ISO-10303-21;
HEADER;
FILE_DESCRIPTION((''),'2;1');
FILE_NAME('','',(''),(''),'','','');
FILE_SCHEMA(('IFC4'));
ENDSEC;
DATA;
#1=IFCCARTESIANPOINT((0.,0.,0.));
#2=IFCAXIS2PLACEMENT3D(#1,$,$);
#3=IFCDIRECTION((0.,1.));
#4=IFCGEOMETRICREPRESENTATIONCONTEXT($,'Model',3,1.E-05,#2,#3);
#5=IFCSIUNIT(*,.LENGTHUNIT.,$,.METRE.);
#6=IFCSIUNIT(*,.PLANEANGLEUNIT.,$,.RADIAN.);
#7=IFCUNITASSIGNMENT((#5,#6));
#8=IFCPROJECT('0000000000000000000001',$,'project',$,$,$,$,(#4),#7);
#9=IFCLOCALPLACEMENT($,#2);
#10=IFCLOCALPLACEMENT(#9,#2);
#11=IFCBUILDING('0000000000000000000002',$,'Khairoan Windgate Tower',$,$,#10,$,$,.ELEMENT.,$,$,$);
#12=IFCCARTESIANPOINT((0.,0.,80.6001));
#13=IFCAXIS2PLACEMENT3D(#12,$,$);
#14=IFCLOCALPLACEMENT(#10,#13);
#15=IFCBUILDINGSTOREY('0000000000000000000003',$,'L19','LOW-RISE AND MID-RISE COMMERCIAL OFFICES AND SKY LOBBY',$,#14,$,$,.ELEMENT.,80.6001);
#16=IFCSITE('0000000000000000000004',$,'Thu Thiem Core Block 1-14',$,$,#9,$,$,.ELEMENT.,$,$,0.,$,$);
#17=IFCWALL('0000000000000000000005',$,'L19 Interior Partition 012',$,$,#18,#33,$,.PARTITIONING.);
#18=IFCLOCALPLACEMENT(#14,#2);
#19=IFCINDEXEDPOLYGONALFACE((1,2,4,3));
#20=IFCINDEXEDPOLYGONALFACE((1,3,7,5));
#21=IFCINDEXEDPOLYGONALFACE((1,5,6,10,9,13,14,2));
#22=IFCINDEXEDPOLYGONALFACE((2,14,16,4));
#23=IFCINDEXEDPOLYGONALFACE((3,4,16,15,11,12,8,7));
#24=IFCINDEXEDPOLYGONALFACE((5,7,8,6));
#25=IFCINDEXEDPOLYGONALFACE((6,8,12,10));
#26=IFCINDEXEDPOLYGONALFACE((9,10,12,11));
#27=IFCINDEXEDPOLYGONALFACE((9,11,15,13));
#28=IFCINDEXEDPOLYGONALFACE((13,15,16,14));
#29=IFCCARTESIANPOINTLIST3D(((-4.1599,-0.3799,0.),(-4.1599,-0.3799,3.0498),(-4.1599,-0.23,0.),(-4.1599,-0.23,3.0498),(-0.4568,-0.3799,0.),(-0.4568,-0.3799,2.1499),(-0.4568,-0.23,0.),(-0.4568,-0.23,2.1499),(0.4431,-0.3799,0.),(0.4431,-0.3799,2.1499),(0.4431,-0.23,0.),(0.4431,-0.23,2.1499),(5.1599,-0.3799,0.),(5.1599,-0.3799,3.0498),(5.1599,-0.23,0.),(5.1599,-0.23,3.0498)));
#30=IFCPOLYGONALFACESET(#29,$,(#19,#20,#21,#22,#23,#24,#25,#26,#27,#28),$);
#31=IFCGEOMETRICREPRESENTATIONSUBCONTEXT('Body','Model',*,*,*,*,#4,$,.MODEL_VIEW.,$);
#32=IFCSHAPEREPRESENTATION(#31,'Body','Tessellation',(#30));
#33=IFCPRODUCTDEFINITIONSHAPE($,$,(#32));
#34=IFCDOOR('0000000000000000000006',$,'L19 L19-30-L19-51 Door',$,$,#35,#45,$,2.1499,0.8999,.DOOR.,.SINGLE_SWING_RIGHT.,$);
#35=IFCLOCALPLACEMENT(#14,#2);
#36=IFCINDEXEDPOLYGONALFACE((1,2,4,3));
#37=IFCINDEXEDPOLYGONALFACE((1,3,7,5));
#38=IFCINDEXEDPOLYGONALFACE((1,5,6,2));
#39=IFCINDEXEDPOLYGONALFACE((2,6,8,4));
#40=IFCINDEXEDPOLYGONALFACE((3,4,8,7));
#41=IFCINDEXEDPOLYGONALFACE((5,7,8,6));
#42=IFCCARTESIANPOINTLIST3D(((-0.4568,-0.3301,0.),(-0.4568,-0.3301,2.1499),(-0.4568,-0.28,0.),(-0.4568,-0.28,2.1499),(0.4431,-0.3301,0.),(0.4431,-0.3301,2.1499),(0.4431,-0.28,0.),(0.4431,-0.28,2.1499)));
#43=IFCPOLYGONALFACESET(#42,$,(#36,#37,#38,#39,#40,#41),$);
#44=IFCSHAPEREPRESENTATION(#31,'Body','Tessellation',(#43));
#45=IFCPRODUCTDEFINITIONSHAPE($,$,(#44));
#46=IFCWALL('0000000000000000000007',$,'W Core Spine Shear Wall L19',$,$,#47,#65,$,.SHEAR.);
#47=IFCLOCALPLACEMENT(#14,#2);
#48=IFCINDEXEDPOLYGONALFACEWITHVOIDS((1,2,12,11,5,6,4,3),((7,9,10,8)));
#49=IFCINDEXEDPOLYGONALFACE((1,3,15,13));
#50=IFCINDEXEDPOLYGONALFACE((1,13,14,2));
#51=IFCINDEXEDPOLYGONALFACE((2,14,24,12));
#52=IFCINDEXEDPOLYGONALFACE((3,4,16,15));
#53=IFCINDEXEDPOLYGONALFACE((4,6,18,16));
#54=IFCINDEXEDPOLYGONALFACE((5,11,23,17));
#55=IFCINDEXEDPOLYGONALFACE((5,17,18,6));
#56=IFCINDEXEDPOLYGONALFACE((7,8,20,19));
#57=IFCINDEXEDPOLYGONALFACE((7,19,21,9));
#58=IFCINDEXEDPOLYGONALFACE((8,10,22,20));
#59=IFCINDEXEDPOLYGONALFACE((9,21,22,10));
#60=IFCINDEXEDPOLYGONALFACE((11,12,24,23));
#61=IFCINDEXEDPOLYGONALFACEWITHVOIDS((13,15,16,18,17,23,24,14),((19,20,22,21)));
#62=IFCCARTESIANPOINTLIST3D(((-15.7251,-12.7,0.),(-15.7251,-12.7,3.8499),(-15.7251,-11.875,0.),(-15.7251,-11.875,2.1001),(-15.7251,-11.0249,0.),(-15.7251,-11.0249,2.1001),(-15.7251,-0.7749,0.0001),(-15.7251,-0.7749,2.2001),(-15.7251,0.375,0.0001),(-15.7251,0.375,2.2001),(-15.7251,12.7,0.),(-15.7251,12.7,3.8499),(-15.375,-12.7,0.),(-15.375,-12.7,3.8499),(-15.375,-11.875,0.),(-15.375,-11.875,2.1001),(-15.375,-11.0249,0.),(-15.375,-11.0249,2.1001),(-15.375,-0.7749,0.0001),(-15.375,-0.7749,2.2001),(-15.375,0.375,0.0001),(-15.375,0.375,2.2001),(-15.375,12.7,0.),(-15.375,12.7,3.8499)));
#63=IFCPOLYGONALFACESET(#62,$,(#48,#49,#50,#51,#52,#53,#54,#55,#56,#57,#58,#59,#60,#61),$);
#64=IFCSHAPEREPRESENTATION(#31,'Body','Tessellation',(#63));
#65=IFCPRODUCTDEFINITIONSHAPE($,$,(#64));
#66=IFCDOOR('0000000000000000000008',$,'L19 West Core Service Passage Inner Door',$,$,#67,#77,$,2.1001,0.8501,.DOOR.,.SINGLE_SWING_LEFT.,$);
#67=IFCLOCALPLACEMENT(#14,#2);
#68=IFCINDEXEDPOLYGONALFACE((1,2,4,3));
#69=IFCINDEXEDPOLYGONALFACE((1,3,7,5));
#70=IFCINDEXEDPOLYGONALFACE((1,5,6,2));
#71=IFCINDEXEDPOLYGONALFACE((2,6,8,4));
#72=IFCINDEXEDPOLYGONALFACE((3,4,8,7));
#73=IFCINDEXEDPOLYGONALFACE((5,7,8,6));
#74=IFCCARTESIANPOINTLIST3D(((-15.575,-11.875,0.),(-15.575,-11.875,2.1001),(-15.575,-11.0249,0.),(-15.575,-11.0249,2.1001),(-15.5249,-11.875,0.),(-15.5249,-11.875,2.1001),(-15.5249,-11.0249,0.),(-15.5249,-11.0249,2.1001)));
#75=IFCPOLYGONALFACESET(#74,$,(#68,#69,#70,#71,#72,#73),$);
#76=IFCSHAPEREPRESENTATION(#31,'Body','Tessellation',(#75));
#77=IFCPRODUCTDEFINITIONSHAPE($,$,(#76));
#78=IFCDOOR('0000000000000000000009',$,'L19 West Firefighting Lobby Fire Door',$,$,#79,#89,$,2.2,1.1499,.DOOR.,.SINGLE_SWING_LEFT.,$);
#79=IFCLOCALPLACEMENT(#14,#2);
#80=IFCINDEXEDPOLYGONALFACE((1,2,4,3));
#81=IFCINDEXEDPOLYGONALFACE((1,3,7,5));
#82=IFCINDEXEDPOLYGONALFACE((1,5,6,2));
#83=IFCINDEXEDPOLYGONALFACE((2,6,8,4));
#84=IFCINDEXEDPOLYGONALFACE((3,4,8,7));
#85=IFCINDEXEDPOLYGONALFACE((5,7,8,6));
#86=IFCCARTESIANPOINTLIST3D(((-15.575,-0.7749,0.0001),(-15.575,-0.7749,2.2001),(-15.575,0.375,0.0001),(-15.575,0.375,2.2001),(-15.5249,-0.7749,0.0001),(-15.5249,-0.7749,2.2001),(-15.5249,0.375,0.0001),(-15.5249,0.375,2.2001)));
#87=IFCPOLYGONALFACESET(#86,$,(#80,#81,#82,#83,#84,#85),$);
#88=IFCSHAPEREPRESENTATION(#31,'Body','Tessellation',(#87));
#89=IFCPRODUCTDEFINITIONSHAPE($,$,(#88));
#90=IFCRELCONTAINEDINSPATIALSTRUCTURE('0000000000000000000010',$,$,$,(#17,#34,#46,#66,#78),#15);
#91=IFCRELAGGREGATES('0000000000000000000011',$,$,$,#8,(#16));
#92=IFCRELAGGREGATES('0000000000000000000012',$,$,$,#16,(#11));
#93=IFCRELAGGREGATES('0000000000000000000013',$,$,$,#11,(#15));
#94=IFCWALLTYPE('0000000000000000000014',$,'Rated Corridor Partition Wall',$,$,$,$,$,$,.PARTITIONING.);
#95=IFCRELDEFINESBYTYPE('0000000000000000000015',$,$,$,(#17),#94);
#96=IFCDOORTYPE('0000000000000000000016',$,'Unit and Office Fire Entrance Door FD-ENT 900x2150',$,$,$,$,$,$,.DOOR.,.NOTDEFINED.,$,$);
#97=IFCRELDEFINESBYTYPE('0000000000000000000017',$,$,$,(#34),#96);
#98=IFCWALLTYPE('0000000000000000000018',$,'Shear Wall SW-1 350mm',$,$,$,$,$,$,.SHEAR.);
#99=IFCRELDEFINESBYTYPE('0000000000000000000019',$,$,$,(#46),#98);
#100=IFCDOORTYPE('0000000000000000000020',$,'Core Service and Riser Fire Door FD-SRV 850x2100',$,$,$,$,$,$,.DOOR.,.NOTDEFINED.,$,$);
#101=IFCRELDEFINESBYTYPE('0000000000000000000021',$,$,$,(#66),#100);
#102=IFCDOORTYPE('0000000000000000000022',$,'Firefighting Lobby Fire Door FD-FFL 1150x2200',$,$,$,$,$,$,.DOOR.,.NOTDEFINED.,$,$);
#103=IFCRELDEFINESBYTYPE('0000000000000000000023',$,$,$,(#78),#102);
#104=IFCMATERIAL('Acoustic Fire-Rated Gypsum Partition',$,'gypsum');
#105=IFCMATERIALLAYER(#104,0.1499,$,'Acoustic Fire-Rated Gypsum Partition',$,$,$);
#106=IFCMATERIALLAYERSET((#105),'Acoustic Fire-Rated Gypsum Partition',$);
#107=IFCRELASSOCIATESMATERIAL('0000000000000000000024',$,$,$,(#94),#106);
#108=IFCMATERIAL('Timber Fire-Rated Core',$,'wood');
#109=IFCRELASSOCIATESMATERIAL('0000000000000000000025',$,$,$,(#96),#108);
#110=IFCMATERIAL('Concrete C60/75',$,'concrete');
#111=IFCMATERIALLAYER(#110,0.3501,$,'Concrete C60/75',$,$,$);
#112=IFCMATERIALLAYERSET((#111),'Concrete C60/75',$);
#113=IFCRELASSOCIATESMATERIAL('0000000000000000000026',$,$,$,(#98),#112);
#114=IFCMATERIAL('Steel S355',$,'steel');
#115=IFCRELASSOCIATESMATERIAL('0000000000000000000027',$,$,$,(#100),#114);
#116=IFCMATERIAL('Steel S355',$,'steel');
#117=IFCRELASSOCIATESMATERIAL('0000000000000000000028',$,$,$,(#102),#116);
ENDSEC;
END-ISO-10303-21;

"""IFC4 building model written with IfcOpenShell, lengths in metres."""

from ifc_helpers import new_model, si_unit, direction, frame, frame_2d, origin, place, context, subcontext, project, spatial, rectangle, extrude, material, layer, layer_set, type_object, element, fill, save


model = new_model("IFC4")

# Units and contexts
model_context = context("Model", 3, precision=1e-05, world=origin(), true_north=direction((0.0, 1.0)))
body_context = subcontext(model_context, "Body", "Model", "MODEL_VIEW")
ifc_project = project(units=[si_unit("LENGTHUNIT", "METRE"), si_unit("PLANEANGLEUNIT", "RADIAN")], contexts=[model_context])

# Site, building, storey
site_placement = place(None, origin())
site = spatial("IfcSite", under=ifc_project, at=site_placement, Name="Thu Thiem Core Block 1-14", CompositionType="ELEMENT", RefElevation=0.0)
building_placement = place(site_placement, origin())
building = spatial("IfcBuilding", under=site, at=building_placement, Name="Khairoan Windgate Tower", CompositionType="ELEMENT")
storey_placement = place(building_placement, frame((0.0, 0.0, 80.6001)))
storey = spatial("IfcBuildingStorey", under=building, at=storey_placement, Name="L19", Description="LOW-RISE AND MID-RISE COMMERCIAL OFFICES AND SKY LOBBY", CompositionType="ELEMENT", Elevation=80.6001)

# Wall, opening, door
ifc_material_1 = material(Name="Acoustic Fire-Rated Gypsum Partition", Category="gypsum")
ifc_layer_1 = layer(ifc_material_1, 0.1499, Name="Acoustic Fire-Rated Gypsum Partition")
ifc_layer_set_1 = layer_set([ifc_layer_1], Name="Acoustic Fire-Rated Gypsum Partition")
wall_type_1 = type_object("IfcWallType", Name="Rated Corridor Partition Wall", PredefinedType="PARTITIONING", material=ifc_layer_set_1)
wall_1_placement = place(storey_placement, frame((-4.1599, -0.3049, 0.0), z_axis=(0.0, 0.0, 1.0), x_axis=(1.0, 0.0, 0.0)))
wall_1 = element("IfcWall", 1, at=wall_1_placement, inside=storey, type_object=wall_type_1, Name="L19 Interior Partition 012", PredefinedType="PARTITIONING", context=body_context, shape_type="SweptSolid", body=[
    extrude(rectangle(XDim=9.3198, YDim=0.1499, at=frame_2d((4.6599, 0.0))), origin(), (0.0, 0.0, 1.0), 3.0498),
])
opening_1_placement = place(wall_1_placement, frame((3.7031, 0.0, 0.0)))
opening_1 = element("IfcOpeningElement", 2, at=opening_1_placement, cuts=wall_1, PredefinedType="OPENING", context=body_context, shape_type="SweptSolid", body=[
    extrude(rectangle(XDim=0.8999, YDim=2.1499, at=frame_2d((0.45, 1.075))), frame((0.0, 0.085, 0.0), z_axis=(0.0, -1.0, 0.0), x_axis=(1.0, 0.0, 0.0)), (0.0, 0.0, 1.0), 0.1699),
])
ifc_material_2 = material(Name="Timber Fire-Rated Core", Category="wood")
door_type_1 = type_object("IfcDoorType", Name="Unit and Office Fire Entrance Door FD-ENT 900x2150", OperationType="NOTDEFINED", PredefinedType="DOOR", material=ifc_material_2)
door_1_placement = place(opening_1_placement, origin())
door_1 = element("IfcDoor", 3, at=door_1_placement, inside=storey, type_object=door_type_1, Name="L19 L19-30-L19-51 Door", OperationType="SINGLE_SWING_RIGHT", OverallHeight=2.1499, OverallWidth=0.8999, PredefinedType="DOOR", context=body_context, shape_type="SweptSolid", body=[
    extrude(rectangle(XDim=0.8999, YDim=2.1499, at=frame_2d((0.45, 1.075))), frame((0.0, 0.0249, 0.0), z_axis=(0.0, -1.0, 0.0), x_axis=(1.0, 0.0, 0.0)), (0.0, 0.0, 1.0), 0.05),
])
fill(opening_1, door_1)

# Wall, openings, doors
ifc_material_3 = material(Name="Concrete C60/75", Category="concrete")
ifc_layer_2 = layer(ifc_material_3, 0.3501, Name="Concrete C60/75")
ifc_layer_set_2 = layer_set([ifc_layer_2], Name="Concrete C60/75")
wall_type_2 = type_object("IfcWallType", Name="Shear Wall SW-1 350mm", PredefinedType="SHEAR", material=ifc_layer_set_2)
wall_2_placement = place(storey_placement, frame((-15.55, -12.7, 0.0), z_axis=(0.0, 0.0, 1.0), x_axis=(0.0, 1.0, 0.0)))
wall_2 = element("IfcWall", 4, at=wall_2_placement, inside=storey, type_object=wall_type_2, Name="W Core Spine Shear Wall L19", PredefinedType="SHEAR", context=body_context, shape_type="SweptSolid", body=[
    extrude(rectangle(XDim=25.3999, YDim=0.3501, at=frame_2d((12.7, 0.0))), origin(), (0.0, 0.0, 1.0), 3.8499),
])
opening_2_placement = place(wall_2_placement, frame((11.925, 0.0, 0.0)))
opening_2 = element("IfcOpeningElement", 5, at=opening_2_placement, cuts=wall_2, PredefinedType="OPENING", context=body_context, shape_type="SweptSolid", body=[
    extrude(rectangle(XDim=1.1499, YDim=2.2, at=frame_2d((0.575, 1.1001))), frame((0.0, 0.1851, 0.0), z_axis=(0.0, -1.0, 0.0), x_axis=(1.0, 0.0, 0.0)), (0.0, 0.0, 1.0), 0.3701),
])
opening_3_placement = place(wall_2_placement, frame((0.825, 0.0, 0.0)))
opening_3 = element("IfcOpeningElement", 6, at=opening_3_placement, cuts=wall_2, PredefinedType="OPENING", context=body_context, shape_type="SweptSolid", body=[
    extrude(rectangle(XDim=0.8501, YDim=2.1001, at=frame_2d((0.425, 1.05))), frame((0.0, 0.1851, 0.0), z_axis=(0.0, -1.0, 0.0), x_axis=(1.0, 0.0, 0.0)), (0.0, 0.0, 1.0), 0.3701),
])
ifc_material_4 = material(Name="Steel S355", Category="steel")
door_type_2 = type_object("IfcDoorType", Name="Core Service and Riser Fire Door FD-SRV 850x2100", OperationType="NOTDEFINED", PredefinedType="DOOR", material=ifc_material_4)
door_2_placement = place(opening_3_placement, origin())
door_2 = element("IfcDoor", 7, at=door_2_placement, inside=storey, type_object=door_type_2, Name="L19 West Core Service Passage Inner Door", OperationType="SINGLE_SWING_LEFT", OverallHeight=2.1001, OverallWidth=0.8501, PredefinedType="DOOR", context=body_context, shape_type="SweptSolid", body=[
    extrude(rectangle(XDim=0.8501, YDim=2.1001, at=frame_2d((0.425, 1.05))), frame((0.0, 0.0249, 0.0), z_axis=(0.0, -1.0, 0.0), x_axis=(1.0, 0.0, 0.0)), (0.0, 0.0, 1.0), 0.05),
])
fill(opening_3, door_2)
ifc_material_5 = material(Name="Steel S355", Category="steel")
door_type_3 = type_object("IfcDoorType", Name="Firefighting Lobby Fire Door FD-FFL 1150x2200", OperationType="NOTDEFINED", PredefinedType="DOOR", material=ifc_material_5)
door_3_placement = place(opening_2_placement, origin())
door_3 = element("IfcDoor", 8, at=door_3_placement, inside=storey, type_object=door_type_3, Name="L19 West Firefighting Lobby Fire Door", OperationType="SINGLE_SWING_LEFT", OverallHeight=2.2, OverallWidth=1.1499, PredefinedType="DOOR", context=body_context, shape_type="SweptSolid", body=[
    extrude(rectangle(XDim=1.1499, YDim=2.2, at=frame_2d((0.575, 1.1001))), frame((0.0, 0.0249, 0.0), z_axis=(0.0, -1.0, 0.0), x_axis=(1.0, 0.0, 0.0)), (0.0, 0.0, 1.0), 0.05),
])
fill(opening_2, door_3)

save(model, "model.ifc")
